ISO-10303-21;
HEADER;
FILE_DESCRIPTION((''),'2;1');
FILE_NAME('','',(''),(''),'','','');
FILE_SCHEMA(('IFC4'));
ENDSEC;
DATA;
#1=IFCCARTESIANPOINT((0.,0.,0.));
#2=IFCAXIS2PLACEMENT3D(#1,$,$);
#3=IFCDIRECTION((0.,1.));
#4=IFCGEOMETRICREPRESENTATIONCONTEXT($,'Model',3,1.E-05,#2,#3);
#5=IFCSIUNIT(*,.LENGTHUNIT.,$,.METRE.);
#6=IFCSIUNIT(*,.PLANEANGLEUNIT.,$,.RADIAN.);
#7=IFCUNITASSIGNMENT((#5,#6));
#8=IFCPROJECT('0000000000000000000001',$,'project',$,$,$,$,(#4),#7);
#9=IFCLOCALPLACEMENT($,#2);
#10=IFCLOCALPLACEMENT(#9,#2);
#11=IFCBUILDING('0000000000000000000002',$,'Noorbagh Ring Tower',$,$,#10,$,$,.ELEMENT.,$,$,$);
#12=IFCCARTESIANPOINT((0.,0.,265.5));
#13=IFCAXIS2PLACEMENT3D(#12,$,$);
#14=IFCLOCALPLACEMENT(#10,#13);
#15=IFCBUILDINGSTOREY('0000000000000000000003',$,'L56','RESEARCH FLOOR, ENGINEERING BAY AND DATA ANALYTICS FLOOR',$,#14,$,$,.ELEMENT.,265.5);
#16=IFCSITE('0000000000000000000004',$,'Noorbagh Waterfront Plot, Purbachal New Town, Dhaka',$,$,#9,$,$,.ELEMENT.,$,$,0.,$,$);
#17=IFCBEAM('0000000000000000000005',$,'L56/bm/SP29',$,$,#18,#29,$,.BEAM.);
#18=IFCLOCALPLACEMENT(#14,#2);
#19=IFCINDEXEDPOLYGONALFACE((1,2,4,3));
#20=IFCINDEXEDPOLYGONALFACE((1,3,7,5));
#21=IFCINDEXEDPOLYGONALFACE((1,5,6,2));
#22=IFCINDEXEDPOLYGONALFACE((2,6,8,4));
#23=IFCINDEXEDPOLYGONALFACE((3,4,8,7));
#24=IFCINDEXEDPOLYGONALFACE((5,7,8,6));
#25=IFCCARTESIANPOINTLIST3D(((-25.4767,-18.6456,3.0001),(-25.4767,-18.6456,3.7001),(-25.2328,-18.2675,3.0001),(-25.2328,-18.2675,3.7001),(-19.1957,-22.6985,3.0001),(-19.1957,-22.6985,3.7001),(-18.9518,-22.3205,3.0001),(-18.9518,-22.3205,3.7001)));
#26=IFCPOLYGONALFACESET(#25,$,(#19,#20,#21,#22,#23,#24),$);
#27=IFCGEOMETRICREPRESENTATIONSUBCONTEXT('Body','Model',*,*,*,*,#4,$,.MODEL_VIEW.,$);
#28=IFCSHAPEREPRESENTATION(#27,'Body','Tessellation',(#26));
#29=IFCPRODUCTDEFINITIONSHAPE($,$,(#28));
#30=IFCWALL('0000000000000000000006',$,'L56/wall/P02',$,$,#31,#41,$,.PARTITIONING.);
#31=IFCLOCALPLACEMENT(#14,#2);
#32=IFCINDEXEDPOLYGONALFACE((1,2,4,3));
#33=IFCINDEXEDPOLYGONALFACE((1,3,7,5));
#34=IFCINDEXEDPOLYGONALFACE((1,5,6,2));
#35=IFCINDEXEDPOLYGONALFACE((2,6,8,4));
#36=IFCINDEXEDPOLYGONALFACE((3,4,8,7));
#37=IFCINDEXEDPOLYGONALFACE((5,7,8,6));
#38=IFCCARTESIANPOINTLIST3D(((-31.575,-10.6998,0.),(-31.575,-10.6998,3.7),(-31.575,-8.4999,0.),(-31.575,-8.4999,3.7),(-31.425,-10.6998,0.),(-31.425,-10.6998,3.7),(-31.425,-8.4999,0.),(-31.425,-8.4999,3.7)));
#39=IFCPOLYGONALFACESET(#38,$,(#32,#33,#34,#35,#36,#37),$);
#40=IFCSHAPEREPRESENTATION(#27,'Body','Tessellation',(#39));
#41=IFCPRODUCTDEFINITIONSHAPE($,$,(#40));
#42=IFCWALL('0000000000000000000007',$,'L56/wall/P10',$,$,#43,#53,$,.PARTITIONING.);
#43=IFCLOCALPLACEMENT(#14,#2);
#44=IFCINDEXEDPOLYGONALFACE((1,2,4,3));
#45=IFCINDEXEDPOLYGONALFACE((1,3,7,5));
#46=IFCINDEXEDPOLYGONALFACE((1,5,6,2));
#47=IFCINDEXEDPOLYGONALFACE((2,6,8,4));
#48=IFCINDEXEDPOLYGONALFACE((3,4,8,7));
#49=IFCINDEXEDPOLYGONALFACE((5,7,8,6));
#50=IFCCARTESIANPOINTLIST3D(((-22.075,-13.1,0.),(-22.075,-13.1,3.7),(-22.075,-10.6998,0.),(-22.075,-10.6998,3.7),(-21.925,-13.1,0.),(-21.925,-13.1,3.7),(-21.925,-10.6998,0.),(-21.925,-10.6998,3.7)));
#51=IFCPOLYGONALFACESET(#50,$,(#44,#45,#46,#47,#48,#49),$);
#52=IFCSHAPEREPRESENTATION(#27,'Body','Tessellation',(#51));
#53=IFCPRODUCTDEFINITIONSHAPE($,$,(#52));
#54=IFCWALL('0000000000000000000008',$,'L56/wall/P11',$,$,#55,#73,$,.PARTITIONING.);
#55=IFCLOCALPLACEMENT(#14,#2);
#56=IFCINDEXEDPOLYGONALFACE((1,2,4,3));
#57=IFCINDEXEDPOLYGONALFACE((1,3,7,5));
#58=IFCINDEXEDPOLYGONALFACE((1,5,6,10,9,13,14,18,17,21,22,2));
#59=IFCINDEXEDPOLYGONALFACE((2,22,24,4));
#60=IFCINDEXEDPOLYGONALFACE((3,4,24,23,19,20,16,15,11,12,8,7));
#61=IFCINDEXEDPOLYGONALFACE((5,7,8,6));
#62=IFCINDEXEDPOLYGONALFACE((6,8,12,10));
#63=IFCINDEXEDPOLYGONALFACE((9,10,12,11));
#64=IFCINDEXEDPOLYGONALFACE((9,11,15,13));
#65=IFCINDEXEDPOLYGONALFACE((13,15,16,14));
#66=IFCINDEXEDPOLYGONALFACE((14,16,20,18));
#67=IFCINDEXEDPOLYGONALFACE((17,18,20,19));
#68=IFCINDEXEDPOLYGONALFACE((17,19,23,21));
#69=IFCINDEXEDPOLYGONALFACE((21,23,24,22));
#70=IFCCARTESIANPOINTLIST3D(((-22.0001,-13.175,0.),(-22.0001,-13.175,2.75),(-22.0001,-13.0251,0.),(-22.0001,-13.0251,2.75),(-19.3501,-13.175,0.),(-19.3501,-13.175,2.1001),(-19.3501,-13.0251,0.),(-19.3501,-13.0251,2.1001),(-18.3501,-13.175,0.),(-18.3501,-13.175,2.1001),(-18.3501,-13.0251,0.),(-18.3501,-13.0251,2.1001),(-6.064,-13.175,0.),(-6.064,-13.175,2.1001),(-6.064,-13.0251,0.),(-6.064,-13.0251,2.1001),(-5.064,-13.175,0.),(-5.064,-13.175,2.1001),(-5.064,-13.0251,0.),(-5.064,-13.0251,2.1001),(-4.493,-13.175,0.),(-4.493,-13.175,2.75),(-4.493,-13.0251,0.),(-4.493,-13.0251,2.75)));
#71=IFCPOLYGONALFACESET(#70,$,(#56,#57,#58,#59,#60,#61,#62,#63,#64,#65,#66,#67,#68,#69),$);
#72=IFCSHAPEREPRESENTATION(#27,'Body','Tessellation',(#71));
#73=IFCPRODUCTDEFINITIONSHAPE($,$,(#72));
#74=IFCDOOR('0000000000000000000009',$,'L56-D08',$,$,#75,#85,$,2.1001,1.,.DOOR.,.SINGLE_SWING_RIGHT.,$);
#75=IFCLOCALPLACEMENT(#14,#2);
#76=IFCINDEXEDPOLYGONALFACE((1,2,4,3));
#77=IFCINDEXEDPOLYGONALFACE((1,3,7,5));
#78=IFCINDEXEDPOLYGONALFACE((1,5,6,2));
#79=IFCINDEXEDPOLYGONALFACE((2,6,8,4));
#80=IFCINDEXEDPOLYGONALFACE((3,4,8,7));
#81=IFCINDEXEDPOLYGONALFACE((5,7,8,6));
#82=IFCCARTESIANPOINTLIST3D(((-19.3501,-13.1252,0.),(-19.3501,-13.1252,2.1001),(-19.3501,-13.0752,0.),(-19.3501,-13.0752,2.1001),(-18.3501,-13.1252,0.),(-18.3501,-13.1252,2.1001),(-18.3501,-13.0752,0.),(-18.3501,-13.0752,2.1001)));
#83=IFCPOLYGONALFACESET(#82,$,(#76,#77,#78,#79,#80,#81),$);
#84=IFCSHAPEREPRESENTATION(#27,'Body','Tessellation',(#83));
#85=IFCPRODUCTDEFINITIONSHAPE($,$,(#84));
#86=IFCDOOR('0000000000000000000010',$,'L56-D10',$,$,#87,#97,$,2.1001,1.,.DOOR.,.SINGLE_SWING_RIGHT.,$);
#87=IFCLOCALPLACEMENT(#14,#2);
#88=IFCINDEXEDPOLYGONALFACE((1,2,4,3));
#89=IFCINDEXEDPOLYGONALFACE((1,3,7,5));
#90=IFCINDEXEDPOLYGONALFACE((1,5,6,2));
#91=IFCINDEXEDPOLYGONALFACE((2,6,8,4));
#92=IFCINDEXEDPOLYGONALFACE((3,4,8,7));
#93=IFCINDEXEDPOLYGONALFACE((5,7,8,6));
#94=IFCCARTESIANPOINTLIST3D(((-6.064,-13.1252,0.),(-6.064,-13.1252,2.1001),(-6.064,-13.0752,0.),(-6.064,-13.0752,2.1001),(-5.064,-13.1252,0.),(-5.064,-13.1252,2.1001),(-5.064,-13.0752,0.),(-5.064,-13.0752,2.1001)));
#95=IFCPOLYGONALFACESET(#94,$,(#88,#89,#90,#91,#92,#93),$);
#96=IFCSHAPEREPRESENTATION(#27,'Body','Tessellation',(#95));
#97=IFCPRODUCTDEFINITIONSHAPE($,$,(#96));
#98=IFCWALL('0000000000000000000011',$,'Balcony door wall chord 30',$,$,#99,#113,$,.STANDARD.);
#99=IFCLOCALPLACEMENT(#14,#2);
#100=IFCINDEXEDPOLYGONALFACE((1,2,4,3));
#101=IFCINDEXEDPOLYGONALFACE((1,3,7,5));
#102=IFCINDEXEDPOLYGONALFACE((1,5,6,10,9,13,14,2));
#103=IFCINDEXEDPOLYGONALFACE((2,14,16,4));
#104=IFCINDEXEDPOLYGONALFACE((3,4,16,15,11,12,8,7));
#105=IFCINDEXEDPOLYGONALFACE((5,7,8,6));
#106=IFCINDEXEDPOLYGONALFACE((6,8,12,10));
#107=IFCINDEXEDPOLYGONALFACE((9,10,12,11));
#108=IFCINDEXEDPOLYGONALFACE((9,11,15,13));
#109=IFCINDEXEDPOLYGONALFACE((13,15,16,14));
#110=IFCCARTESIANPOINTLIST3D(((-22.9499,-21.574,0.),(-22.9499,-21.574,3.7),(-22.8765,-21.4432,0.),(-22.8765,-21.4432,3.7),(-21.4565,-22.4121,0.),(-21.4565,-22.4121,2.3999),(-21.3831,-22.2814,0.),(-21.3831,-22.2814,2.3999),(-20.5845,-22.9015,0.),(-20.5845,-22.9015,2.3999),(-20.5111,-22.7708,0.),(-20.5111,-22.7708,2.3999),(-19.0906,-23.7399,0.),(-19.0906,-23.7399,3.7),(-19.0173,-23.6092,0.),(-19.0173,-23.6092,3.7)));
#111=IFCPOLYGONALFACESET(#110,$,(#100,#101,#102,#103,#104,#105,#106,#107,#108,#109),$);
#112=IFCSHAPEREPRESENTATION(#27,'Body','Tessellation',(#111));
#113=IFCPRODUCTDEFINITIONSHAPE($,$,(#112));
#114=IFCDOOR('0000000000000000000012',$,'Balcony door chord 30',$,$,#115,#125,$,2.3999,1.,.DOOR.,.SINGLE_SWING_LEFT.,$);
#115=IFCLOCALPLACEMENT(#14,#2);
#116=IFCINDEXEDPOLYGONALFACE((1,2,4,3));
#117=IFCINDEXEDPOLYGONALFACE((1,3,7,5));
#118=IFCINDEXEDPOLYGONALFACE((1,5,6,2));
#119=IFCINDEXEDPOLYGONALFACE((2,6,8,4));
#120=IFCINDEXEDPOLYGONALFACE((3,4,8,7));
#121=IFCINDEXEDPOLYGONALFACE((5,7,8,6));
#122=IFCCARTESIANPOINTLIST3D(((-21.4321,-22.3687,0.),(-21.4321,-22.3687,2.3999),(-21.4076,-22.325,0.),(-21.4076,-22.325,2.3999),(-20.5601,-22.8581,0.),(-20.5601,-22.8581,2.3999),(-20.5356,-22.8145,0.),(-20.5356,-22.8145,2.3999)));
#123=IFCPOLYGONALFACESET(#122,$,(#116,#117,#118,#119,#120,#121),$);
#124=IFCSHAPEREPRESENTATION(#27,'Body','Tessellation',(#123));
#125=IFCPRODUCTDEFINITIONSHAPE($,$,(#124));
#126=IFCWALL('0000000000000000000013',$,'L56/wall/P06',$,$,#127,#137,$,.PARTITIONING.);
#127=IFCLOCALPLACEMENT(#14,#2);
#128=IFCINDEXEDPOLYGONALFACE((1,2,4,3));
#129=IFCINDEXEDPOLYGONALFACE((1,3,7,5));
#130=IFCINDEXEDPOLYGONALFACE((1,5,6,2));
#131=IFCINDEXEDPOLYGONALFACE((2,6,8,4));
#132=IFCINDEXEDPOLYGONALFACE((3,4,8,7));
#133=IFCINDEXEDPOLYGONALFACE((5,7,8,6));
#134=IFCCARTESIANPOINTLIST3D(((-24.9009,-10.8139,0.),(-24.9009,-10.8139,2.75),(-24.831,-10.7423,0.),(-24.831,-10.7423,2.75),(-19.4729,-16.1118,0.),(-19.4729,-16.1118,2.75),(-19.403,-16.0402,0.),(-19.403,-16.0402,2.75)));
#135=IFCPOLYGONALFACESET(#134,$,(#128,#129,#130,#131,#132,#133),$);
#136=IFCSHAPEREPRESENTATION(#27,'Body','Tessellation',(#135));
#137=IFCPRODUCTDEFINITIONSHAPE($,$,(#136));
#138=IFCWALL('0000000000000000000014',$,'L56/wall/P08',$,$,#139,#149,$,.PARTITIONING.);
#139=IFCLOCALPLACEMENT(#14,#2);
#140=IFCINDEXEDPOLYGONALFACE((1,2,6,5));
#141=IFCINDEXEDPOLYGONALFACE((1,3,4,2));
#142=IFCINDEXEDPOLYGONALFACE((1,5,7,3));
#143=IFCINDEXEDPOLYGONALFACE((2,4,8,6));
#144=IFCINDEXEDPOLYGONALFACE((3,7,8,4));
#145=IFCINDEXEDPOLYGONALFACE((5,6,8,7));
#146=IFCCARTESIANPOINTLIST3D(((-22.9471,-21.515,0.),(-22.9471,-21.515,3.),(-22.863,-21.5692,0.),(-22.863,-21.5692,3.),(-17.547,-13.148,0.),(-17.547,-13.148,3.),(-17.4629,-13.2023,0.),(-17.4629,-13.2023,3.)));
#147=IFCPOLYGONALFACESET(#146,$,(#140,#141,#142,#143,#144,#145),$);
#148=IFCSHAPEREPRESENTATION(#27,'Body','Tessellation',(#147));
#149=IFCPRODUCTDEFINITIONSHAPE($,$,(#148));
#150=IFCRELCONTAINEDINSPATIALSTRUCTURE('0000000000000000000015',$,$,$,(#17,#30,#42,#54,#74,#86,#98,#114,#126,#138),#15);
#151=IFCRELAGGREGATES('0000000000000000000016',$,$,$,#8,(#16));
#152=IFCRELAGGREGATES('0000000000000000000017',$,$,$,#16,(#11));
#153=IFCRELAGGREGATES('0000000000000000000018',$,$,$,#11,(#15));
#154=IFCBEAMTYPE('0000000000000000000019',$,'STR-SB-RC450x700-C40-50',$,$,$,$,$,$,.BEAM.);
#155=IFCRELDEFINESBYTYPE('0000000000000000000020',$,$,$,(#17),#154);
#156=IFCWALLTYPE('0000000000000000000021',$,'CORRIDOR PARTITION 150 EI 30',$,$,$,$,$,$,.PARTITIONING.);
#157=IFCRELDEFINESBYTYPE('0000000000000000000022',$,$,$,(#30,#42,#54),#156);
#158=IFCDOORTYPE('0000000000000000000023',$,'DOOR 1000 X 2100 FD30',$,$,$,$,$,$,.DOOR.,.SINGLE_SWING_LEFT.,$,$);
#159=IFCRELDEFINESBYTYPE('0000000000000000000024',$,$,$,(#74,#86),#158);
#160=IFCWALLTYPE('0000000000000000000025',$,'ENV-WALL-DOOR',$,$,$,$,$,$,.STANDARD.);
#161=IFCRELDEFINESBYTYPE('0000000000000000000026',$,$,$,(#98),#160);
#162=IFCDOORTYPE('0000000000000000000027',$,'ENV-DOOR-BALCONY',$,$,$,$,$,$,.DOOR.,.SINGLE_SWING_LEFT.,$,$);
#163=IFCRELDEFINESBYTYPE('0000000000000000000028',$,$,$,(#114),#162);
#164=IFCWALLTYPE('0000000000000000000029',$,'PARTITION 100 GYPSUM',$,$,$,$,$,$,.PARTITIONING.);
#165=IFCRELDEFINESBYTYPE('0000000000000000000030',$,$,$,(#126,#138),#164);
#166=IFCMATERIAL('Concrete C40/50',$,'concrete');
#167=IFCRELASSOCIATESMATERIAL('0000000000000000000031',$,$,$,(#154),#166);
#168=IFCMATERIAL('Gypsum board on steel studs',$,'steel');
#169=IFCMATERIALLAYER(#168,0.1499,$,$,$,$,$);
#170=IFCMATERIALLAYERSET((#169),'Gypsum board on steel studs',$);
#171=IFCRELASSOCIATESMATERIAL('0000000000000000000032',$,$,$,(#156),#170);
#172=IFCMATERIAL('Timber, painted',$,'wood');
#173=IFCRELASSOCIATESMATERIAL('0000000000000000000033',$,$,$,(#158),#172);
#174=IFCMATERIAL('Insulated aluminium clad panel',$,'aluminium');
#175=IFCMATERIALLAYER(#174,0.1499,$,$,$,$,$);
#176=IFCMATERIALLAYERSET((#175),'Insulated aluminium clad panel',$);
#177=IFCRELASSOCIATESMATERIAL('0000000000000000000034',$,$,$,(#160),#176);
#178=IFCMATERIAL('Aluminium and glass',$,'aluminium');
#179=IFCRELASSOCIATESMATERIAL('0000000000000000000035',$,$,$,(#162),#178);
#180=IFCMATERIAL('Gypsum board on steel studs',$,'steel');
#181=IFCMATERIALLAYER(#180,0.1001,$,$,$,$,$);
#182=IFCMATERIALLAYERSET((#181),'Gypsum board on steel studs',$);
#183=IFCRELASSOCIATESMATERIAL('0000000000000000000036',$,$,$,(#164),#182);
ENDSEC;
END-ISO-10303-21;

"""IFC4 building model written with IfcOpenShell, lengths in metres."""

from ifc_helpers import new_model, si_unit, direction, frame, frame_2d, origin, origin_2d, place, context, subcontext, project, spatial, rectangle, extrude, material, layer, layer_set, material_profile, profile_set, type_object, element, fill, save


model = new_model("IFC4")

# Units and contexts
model_context = context("Model", 3, precision=1e-05, world=origin(), true_north=direction((0.0, 1.0)))
body_context = subcontext(model_context, "Body", "Model", "MODEL_VIEW")
ifc_project = project(units=[si_unit("LENGTHUNIT", "METRE"), si_unit("PLANEANGLEUNIT", "RADIAN")], contexts=[model_context])

# Site, building, storey
site_placement = place(None, origin())
site = spatial("IfcSite", under=ifc_project, at=site_placement, Name="Noorbagh Waterfront Plot, Purbachal New Town, Dhaka", CompositionType="ELEMENT", RefElevation=0.0)
building_placement = place(site_placement, origin())
building = spatial("IfcBuilding", under=site, at=building_placement, Name="Noorbagh Ring Tower", CompositionType="ELEMENT")
storey_placement = place(building_placement, frame((0.0, 0.0, 265.5)))
storey = spatial("IfcBuildingStorey", under=building, at=storey_placement, Name="L56", Description="RESEARCH FLOOR, ENGINEERING BAY AND DATA ANALYTICS FLOOR", CompositionType="ELEMENT", Elevation=265.5)

# Beam
ifc_material_1 = material(Name="Concrete C40/50", Category="concrete")
ifc_material_profile_1 = material_profile(ifc_material_1, rectangle(XDim=0.45, YDim=0.7, at=origin_2d()), Name="RC450x700")
ifc_profile_set_1 = profile_set([ifc_material_profile_1], Name="Concrete C40/50")
beam_type_1 = type_object("IfcBeamType", Name="STR-SB-RC450x700-C40-50", PredefinedType="BEAM", material=ifc_profile_set_1)
beam_1_placement = place(storey_placement, frame((-25.3547, -18.4565, 3.3501), z_axis=(0.840253, -0.542195, 0.0), x_axis=(0.542195, 0.840253, 0.0)))
element("IfcBeam", 1, at=beam_1_placement, inside=storey, type_object=beam_type_1, Name="L56/bm/SP29", PredefinedType="BEAM", context=body_context, shape_type="SweptSolid", body=[
    extrude(rectangle(XDim=0.45, YDim=0.7, at=origin_2d()), origin(), (0.0, 0.0, 1.0), 7.4751),
])

# Walls
ifc_material_2 = material(Name="Gypsum board on steel studs", Category="steel")
ifc_layer_1 = layer(ifc_material_2, 0.1499)
ifc_layer_set_1 = layer_set([ifc_layer_1], Name="Gypsum board on steel studs")
wall_type_1 = type_object("IfcWallType", Name="CORRIDOR PARTITION 150 EI 30", PredefinedType="PARTITIONING", material=ifc_layer_set_1)
wall_1_placement = place(storey_placement, frame((-31.5, -10.7, 0.0), z_axis=(0.0, 0.0, 1.0), x_axis=(0.0, 1.0, 0.0)))
element("IfcWall", 2, at=wall_1_placement, inside=storey, type_object=wall_type_1, Name="L56/wall/P02", PredefinedType="PARTITIONING", context=body_context, shape_type="SweptSolid", body=[
    extrude(rectangle(XDim=2.2, YDim=0.1499, at=frame_2d((1.1001, 0.0))), origin(), (0.0, 0.0, 1.0), 3.7),
])
wall_2_placement = place(storey_placement, frame((-22.0, -13.1001, 0.0), z_axis=(0.0, 0.0, 1.0), x_axis=(0.0, 1.0, 0.0)))
element("IfcWall", 3, at=wall_2_placement, inside=storey, type_object=wall_type_1, Name="L56/wall/P10", PredefinedType="PARTITIONING", context=body_context, shape_type="SweptSolid", body=[
    extrude(rectangle(XDim=2.4001, YDim=0.1499, at=frame_2d((1.2002, 0.0))), origin(), (0.0, 0.0, 1.0), 3.7),
])

# Wall, openings, doors
wall_3_placement = place(storey_placement, frame((-22.0, -13.1001, 0.0), z_axis=(0.0, 0.0, 1.0), x_axis=(1.0, 0.0, 0.0)))
wall_3 = element("IfcWall", 4, at=wall_3_placement, inside=storey, type_object=wall_type_1, Name="L56/wall/P11", PredefinedType="PARTITIONING", context=body_context, shape_type="SweptSolid", body=[
    extrude(rectangle(XDim=17.5071, YDim=0.1499, at=frame_2d((8.7534, 0.0))), origin(), (0.0, 0.0, 1.0), 2.75),
])
opening_1_placement = place(wall_3_placement, frame((2.6499, 0.0, 0.0)))
opening_1 = element("IfcOpeningElement", 5, at=opening_1_placement, cuts=wall_3, PredefinedType="OPENING", context=body_context, shape_type="SweptSolid", body=[
    extrude(rectangle(XDim=1.0, YDim=2.1001, at=frame_2d((0.5, 1.05))), frame((0.0, 0.085, 0.0), z_axis=(0.0, -1.0, 0.0), x_axis=(1.0, 0.0, 0.0)), (0.0, 0.0, 1.0), 0.1699),
])
opening_2_placement = place(wall_3_placement, frame((15.936, 0.0, 0.0)))
opening_2 = element("IfcOpeningElement", 6, at=opening_2_placement, cuts=wall_3, PredefinedType="OPENING", context=body_context, shape_type="SweptSolid", body=[
    extrude(rectangle(XDim=1.0, YDim=2.1001, at=frame_2d((0.5, 1.05))), frame((0.0, 0.085, 0.0), z_axis=(0.0, -1.0, 0.0), x_axis=(1.0, 0.0, 0.0)), (0.0, 0.0, 1.0), 0.1699),
])
ifc_material_3 = material(Name="Timber, painted", Category="wood")
door_type_1 = type_object("IfcDoorType", Name="DOOR 1000 X 2100 FD30", OperationType="SINGLE_SWING_LEFT", PredefinedType="DOOR", material=ifc_material_3)
door_1_placement = place(opening_1_placement, origin())
door_1 = element("IfcDoor", 7, at=door_1_placement, inside=storey, type_object=door_type_1, Name="L56-D08", OperationType="SINGLE_SWING_RIGHT", OverallHeight=2.1001, OverallWidth=1.0, PredefinedType="DOOR", context=body_context, shape_type="SweptSolid", body=[
    extrude(rectangle(XDim=1.0, YDim=2.1001, at=frame_2d((0.5, 1.05))), frame((0.0, 0.0249, 0.0), z_axis=(0.0, -1.0, 0.0), x_axis=(1.0, 0.0, 0.0)), (0.0, 0.0, 1.0), 0.05),
])
fill(opening_1, door_1)
door_2_placement = place(opening_2_placement, origin())
door_2 = element("IfcDoor", 8, at=door_2_placement, inside=storey, type_object=door_type_1, Name="L56-D10", OperationType="SINGLE_SWING_RIGHT", OverallHeight=2.1001, OverallWidth=1.0, PredefinedType="DOOR", context=body_context, shape_type="SweptSolid", body=[
    extrude(rectangle(XDim=1.0, YDim=2.1001, at=frame_2d((0.5, 1.05))), frame((0.0, 0.0249, 0.0), z_axis=(0.0, -1.0, 0.0), x_axis=(1.0, 0.0, 0.0)), (0.0, 0.0, 1.0), 0.05),
])
fill(opening_2, door_2)

# Wall, opening, door
ifc_material_4 = material(Name="Insulated aluminium clad panel", Category="aluminium")
ifc_layer_2 = layer(ifc_material_4, 0.1499)
ifc_layer_set_2 = layer_set([ifc_layer_2], Name="Insulated aluminium clad panel")
wall_type_2 = type_object("IfcWallType", Name="ENV-WALL-DOOR", PredefinedType="STANDARD", material=ifc_layer_set_2)
wall_4_placement = place(storey_placement, frame((-22.9133, -21.5085, 0.0), z_axis=(0.0, 0.0, 1.0), x_axis=(0.872047, -0.489423, 0.0)))
wall_4 = element("IfcWall", 9, at=wall_4_placement, inside=storey, type_object=wall_type_2, Name="Balcony door wall chord 30", PredefinedType="STANDARD", context=body_context, shape_type="SweptSolid", body=[
    extrude(rectangle(XDim=4.4255, YDim=0.1499, at=frame_2d((2.2129, 0.0))), origin(), (0.0, 0.0, 1.0), 3.7),
])
opening_3_placement = place(wall_4_placement, frame((1.7126, 0.0, 0.0)))
opening_3 = element("IfcOpeningElement", 10, at=opening_3_placement, cuts=wall_4, PredefinedType="OPENING", context=body_context, shape_type="SweptSolid", body=[
    extrude(rectangle(XDim=1.0, YDim=2.3999, at=frame_2d((0.5, 1.2))), frame((0.0, 0.085, 0.0), z_axis=(0.0, -1.0, 0.0), x_axis=(1.0, 0.0, 0.0)), (0.0, 0.0, 1.0), 0.1699),
])
ifc_material_5 = material(Name="Aluminium and glass", Category="aluminium")
door_type_2 = type_object("IfcDoorType", Name="ENV-DOOR-BALCONY", OperationType="SINGLE_SWING_LEFT", PredefinedType="DOOR", material=ifc_material_5)
door_3_placement = place(opening_3_placement, origin())
door_3 = element("IfcDoor", 11, at=door_3_placement, inside=storey, type_object=door_type_2, Name="Balcony door chord 30", OperationType="SINGLE_SWING_LEFT", OverallHeight=2.3999, OverallWidth=1.0, PredefinedType="DOOR", context=body_context, shape_type="SweptSolid", body=[
    extrude(rectangle(XDim=1.0, YDim=2.3999, at=frame_2d((0.5, 1.2))), frame((0.0, 0.0249, 0.0), z_axis=(0.0, -1.0, 0.0), x_axis=(1.0, 0.0, 0.0)), (0.0, 0.0, 1.0), 0.05),
])
fill(opening_3, door_3)

# Walls
ifc_material_6 = material(Name="Gypsum board on steel studs", Category="steel")
ifc_layer_3 = layer(ifc_material_6, 0.1001)
ifc_layer_set_3 = layer_set([ifc_layer_3], Name="Gypsum board on steel studs")
wall_type_3 = type_object("IfcWallType", Name="PARTITION 100 GYPSUM", PredefinedType="PARTITIONING", material=ifc_layer_set_3)
wall_5_placement = place(storey_placement, frame((-24.866, -10.7781, 0.0), z_axis=(0.0, 0.0, 1.0), x_axis=(0.715633, -0.698477, 0.0)))
element("IfcWall", 12, at=wall_5_placement, inside=storey, type_object=wall_type_3, Name="L56/wall/P06", PredefinedType="PARTITIONING", context=body_context, shape_type="SweptSolid", body=[
    extrude(rectangle(XDim=7.585, YDim=0.1001, at=frame_2d((3.7925, 0.0))), origin(), (0.0, 0.0, 1.0), 2.75),
])
wall_6_placement = place(storey_placement, frame((-22.905, -21.542, 0.0), z_axis=(0.0, 0.0, 1.0), x_axis=(0.542277, 0.8402, 0.0)))
element("IfcWall", 13, at=wall_6_placement, inside=storey, type_object=wall_type_3, Name="L56/wall/P08", PredefinedType="PARTITIONING", context=body_context, shape_type="SweptSolid", body=[
    extrude(rectangle(XDim=9.9583, YDim=0.1001, at=frame_2d((4.979, 0.0))), origin(), (0.0, 0.0, 1.0), 3.0),
])

save(model, "model.ifc")
